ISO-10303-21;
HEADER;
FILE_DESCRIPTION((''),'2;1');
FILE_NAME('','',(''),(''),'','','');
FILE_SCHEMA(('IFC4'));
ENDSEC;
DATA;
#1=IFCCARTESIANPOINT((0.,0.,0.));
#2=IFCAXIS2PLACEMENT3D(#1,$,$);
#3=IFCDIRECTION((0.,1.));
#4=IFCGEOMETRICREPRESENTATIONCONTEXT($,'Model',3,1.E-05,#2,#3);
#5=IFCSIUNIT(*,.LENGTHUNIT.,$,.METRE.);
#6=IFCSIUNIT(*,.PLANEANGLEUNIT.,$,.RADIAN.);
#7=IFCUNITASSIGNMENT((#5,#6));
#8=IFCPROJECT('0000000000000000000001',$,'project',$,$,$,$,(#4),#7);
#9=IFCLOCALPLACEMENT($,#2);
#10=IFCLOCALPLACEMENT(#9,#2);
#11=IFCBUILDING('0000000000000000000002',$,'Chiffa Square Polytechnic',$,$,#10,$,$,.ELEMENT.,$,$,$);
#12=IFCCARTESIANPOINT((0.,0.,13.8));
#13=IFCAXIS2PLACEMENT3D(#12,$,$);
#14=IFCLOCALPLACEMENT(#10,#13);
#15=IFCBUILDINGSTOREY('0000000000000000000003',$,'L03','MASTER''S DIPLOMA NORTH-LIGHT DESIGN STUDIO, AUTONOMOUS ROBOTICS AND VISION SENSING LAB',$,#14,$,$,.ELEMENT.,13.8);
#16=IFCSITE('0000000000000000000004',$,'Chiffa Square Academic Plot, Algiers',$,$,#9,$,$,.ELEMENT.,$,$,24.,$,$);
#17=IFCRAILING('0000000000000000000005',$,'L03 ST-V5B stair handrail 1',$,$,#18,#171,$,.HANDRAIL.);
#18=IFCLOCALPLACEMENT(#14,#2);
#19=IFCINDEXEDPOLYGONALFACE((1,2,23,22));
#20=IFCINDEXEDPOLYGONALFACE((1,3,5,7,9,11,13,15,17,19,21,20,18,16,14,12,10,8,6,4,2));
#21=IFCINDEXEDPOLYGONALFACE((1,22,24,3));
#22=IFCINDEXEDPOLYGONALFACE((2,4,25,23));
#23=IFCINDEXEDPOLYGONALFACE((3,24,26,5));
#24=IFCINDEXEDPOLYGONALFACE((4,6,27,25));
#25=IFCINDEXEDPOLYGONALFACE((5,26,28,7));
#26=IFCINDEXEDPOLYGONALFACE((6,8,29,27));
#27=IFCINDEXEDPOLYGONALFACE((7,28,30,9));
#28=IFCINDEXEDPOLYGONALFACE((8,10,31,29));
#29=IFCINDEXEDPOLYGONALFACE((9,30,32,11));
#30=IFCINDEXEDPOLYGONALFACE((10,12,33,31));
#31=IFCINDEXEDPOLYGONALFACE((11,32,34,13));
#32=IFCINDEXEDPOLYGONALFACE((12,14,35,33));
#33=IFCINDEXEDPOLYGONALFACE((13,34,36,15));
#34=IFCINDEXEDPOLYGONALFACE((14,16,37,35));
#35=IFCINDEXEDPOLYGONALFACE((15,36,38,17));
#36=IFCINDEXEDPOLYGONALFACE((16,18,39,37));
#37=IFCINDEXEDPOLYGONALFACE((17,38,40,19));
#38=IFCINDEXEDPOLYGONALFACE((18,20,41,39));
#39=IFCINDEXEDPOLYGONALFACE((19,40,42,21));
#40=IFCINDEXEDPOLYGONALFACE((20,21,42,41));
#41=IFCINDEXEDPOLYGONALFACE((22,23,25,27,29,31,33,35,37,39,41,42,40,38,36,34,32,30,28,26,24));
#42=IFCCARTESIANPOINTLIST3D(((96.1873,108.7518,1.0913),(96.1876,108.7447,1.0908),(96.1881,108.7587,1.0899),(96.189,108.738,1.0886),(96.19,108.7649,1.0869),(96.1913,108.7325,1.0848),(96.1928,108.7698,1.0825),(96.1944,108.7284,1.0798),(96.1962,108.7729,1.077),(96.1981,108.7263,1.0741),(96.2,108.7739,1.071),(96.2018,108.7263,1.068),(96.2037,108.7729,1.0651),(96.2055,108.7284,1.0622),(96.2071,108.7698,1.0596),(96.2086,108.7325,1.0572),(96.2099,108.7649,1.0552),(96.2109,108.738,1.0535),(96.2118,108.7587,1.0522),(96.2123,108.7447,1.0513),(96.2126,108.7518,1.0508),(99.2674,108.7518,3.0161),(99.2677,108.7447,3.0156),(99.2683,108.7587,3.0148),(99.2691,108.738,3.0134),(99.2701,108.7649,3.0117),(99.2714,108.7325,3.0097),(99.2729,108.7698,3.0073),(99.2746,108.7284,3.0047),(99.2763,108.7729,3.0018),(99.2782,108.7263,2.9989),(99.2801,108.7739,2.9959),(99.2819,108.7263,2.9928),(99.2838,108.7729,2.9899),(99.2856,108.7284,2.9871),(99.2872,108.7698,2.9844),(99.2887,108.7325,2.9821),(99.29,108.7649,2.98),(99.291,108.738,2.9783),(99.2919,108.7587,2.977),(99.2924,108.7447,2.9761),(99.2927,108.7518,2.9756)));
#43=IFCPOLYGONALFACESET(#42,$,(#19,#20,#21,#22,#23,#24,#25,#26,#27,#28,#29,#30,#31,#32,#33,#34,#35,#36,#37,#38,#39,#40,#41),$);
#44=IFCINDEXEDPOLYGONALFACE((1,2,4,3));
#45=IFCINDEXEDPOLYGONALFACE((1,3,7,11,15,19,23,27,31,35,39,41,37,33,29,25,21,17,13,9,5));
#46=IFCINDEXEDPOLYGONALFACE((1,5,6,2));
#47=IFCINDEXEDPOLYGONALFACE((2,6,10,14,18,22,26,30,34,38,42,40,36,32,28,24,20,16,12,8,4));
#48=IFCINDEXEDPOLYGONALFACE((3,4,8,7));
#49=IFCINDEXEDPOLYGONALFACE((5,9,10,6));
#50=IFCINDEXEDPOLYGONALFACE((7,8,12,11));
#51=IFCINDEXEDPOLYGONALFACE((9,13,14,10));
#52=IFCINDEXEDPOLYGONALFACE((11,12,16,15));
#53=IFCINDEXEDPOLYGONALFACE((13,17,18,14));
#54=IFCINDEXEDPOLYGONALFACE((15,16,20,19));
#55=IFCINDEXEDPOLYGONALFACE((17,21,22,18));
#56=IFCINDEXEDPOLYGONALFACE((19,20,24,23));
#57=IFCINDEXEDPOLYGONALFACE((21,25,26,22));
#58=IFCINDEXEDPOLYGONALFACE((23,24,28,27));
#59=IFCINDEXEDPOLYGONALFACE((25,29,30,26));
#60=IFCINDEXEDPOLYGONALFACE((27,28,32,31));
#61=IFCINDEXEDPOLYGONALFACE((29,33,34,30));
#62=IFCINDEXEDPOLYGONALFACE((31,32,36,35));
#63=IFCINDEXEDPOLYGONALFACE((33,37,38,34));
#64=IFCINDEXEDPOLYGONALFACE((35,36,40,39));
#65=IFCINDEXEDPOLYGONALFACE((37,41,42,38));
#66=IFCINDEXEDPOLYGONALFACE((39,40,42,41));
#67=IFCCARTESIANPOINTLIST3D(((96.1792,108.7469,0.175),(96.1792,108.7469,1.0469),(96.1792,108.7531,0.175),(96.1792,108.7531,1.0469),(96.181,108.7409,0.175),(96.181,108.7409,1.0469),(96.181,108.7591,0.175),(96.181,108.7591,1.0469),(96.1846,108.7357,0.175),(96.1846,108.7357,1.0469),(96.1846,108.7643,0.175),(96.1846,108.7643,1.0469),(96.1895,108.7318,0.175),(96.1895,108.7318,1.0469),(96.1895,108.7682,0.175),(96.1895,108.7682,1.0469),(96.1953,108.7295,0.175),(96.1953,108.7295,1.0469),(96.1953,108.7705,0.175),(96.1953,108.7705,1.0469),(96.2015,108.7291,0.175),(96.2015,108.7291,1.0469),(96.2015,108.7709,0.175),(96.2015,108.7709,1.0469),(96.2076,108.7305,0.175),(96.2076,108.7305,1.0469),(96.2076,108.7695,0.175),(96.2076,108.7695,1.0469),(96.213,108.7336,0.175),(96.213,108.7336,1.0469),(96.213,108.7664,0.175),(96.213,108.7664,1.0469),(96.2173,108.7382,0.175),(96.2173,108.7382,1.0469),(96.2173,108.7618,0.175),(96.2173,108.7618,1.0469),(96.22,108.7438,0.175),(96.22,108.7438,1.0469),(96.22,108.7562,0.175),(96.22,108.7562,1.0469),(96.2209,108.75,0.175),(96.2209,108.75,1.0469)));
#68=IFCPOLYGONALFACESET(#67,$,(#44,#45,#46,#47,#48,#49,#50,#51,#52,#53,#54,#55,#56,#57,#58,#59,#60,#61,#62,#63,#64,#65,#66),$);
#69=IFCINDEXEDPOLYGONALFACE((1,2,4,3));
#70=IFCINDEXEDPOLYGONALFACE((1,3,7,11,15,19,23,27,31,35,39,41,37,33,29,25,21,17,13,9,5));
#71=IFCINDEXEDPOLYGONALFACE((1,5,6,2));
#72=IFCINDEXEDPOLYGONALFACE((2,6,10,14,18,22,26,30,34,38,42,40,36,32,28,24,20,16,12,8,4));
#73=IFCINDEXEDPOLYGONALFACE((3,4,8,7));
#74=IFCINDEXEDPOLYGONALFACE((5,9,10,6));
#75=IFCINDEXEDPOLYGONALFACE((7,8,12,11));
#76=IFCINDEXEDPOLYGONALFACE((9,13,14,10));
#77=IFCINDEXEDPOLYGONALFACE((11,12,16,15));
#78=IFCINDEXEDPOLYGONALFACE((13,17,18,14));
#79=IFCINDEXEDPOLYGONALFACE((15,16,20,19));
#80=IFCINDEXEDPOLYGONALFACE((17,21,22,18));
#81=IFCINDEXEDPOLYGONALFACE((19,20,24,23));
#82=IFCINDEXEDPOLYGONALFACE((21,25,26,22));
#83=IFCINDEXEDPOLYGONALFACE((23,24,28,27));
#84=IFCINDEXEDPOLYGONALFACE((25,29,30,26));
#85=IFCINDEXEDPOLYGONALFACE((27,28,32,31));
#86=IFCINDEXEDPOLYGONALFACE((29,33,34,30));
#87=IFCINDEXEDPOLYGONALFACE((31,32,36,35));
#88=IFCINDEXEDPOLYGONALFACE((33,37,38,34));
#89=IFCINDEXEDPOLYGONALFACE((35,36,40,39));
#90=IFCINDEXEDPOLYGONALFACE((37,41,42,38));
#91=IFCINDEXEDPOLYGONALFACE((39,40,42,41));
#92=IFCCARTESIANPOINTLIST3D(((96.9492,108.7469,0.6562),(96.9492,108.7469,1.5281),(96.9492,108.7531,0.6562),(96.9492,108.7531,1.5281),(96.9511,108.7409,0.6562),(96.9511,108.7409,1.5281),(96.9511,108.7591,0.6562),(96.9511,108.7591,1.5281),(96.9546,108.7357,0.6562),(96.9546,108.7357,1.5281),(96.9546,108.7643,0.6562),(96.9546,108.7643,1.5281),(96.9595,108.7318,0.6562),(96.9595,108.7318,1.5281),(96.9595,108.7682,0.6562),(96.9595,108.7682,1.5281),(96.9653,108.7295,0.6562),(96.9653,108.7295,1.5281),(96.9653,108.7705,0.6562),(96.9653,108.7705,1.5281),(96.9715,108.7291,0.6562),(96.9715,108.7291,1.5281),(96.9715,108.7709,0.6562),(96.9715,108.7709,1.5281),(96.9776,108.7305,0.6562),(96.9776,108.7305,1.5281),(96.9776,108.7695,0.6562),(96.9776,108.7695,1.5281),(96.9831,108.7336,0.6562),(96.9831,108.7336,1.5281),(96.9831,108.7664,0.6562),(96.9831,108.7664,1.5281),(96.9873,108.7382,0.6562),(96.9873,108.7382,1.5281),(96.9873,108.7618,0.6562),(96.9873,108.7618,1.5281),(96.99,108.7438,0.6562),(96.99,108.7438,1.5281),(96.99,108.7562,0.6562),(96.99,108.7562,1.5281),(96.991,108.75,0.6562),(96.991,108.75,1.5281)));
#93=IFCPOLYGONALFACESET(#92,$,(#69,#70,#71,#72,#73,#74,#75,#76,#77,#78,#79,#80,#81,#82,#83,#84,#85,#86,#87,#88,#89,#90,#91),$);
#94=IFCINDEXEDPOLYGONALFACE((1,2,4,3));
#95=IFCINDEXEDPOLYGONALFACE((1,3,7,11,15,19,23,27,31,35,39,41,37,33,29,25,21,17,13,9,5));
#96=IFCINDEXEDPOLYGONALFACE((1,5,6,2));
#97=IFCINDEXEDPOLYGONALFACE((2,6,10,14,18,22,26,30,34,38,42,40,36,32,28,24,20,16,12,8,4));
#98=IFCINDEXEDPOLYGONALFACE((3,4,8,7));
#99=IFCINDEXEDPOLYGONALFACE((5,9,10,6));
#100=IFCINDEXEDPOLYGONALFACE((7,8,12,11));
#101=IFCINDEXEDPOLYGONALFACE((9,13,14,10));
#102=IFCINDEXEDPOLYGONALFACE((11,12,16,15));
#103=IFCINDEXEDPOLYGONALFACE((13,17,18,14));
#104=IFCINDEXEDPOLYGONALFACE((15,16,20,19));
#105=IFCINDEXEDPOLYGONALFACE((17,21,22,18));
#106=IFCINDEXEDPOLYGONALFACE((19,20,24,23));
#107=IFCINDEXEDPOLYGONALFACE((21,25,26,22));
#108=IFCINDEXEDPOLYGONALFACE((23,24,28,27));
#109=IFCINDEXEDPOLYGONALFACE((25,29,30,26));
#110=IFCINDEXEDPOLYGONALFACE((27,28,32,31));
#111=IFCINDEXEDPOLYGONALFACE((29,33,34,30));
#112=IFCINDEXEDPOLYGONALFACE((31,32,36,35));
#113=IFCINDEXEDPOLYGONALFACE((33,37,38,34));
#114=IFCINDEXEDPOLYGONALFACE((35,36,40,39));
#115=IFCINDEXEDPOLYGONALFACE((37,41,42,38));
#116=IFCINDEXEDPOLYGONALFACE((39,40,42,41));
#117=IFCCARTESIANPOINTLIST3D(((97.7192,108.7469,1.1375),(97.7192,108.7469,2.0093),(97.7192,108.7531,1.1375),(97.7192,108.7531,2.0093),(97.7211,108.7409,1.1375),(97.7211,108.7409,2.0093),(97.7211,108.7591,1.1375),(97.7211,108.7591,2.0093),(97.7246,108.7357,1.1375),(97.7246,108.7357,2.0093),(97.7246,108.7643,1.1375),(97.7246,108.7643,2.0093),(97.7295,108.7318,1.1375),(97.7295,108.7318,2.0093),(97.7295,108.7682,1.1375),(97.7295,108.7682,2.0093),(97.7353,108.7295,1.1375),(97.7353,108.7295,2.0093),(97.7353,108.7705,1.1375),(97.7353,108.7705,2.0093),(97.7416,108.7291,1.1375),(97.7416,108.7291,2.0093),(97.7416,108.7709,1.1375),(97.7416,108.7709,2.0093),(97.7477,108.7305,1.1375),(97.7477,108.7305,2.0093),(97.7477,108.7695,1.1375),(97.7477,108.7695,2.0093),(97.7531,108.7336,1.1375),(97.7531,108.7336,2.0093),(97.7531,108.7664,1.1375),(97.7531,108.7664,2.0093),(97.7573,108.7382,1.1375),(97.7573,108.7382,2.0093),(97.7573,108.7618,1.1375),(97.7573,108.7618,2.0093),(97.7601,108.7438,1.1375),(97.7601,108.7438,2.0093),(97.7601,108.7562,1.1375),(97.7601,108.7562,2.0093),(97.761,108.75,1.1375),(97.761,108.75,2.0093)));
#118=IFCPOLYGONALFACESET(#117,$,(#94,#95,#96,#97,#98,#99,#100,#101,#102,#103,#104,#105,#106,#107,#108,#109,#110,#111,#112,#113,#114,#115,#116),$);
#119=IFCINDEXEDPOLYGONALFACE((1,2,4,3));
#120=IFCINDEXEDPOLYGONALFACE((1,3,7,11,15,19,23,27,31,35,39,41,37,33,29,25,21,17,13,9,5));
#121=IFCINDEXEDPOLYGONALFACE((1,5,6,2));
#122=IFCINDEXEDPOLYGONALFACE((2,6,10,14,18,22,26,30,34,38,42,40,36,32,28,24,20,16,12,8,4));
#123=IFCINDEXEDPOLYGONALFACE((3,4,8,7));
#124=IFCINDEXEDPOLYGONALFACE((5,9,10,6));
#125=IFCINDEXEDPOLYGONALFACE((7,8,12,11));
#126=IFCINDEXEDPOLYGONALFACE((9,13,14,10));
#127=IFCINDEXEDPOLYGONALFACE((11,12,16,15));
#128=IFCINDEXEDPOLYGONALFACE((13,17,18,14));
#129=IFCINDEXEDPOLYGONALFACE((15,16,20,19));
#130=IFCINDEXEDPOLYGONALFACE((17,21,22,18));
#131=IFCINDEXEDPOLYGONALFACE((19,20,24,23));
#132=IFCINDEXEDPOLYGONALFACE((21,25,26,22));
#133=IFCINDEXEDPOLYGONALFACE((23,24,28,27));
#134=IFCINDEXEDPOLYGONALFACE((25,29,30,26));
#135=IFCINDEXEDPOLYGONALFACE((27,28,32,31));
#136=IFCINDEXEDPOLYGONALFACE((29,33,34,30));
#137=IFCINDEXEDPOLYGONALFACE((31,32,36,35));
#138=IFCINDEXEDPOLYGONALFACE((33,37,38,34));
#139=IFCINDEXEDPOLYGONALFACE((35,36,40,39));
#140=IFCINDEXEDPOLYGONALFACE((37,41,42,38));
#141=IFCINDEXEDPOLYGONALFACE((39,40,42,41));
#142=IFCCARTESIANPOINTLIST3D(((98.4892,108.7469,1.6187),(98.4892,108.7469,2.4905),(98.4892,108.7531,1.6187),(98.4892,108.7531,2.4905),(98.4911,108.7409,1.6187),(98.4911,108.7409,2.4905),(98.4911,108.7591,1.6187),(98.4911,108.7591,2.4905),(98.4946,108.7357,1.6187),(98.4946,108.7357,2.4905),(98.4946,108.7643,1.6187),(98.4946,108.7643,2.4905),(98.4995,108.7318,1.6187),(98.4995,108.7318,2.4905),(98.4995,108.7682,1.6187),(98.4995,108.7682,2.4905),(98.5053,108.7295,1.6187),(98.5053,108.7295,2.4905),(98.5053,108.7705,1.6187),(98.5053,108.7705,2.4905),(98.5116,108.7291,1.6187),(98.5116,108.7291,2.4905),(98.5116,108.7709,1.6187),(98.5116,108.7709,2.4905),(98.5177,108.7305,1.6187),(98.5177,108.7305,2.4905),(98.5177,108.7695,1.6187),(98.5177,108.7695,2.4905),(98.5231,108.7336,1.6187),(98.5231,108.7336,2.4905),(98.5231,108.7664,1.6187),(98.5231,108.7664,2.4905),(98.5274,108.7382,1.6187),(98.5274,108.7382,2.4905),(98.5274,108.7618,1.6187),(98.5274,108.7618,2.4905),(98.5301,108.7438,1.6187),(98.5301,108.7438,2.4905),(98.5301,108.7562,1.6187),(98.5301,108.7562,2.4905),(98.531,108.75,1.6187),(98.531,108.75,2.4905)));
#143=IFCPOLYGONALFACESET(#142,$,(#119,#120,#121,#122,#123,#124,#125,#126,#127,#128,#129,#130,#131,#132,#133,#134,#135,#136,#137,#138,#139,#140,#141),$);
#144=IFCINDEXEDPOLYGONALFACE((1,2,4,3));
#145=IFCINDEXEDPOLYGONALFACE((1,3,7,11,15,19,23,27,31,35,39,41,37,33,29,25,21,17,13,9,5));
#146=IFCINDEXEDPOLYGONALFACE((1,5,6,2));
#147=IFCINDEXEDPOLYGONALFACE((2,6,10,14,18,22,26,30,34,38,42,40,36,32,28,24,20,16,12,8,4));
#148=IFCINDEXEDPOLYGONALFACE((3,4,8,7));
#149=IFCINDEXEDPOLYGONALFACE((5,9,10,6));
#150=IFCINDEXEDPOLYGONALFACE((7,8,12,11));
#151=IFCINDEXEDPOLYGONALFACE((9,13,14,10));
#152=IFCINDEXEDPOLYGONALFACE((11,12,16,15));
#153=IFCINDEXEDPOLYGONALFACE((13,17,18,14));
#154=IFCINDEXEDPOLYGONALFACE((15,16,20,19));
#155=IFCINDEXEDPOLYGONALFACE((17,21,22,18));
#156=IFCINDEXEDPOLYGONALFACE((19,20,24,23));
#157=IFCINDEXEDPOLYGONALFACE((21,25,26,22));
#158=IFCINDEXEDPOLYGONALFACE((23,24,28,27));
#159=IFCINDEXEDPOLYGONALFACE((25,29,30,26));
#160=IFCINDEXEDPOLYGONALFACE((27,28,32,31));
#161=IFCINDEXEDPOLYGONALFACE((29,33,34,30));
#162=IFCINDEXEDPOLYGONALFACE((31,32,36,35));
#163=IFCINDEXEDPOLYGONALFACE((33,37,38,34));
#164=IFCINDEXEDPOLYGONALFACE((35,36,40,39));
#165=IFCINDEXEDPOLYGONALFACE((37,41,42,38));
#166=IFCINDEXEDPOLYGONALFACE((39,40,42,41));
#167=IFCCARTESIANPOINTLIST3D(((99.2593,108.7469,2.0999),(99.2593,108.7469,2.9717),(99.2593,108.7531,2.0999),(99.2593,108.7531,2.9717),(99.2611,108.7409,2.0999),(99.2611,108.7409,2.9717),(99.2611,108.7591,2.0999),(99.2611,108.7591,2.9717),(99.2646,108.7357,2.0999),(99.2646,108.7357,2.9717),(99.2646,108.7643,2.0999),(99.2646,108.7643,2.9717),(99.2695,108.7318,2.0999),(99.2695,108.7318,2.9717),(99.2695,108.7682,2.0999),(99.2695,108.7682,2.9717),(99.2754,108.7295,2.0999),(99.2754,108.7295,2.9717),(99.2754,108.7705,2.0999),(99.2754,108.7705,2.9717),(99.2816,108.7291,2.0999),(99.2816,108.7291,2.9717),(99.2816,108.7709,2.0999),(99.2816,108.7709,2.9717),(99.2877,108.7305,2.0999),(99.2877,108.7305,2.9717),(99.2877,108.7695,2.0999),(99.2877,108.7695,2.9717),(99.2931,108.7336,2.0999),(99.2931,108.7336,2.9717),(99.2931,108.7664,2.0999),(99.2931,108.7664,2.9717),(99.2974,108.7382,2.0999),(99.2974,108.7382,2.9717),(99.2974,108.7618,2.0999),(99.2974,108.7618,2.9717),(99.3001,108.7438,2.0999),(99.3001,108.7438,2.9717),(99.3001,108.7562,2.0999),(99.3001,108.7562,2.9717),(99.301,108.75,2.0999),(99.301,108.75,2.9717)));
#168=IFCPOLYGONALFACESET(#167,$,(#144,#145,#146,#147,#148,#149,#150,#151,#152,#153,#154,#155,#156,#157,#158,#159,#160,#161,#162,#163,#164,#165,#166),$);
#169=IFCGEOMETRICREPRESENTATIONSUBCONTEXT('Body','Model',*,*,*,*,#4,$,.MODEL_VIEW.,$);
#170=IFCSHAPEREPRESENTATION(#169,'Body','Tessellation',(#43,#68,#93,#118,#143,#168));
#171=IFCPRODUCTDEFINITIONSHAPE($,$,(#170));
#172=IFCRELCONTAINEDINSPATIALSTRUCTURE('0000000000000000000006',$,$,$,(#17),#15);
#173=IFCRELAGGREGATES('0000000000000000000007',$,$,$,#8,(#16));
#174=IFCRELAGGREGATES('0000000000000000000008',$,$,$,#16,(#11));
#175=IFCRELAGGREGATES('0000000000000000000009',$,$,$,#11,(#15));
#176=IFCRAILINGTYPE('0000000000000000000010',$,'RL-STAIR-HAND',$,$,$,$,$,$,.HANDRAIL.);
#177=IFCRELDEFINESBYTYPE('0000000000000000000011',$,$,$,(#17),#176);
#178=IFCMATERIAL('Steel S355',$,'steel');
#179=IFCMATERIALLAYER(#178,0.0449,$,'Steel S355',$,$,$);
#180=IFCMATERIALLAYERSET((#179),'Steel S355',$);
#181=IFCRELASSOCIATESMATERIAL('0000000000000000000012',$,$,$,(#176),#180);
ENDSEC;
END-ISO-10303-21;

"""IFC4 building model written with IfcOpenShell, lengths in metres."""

from ifc_helpers import new_model, si_unit, direction, frame, origin, origin_2d, place, context, subcontext, project, spatial, circle, extrude, material, layer, layer_set, type_object, element, save


model = new_model("IFC4")

# Units and contexts
model_context = context("Model", 3, precision=1e-05, world=origin(), true_north=direction((0.0, 1.0)))
body_context = subcontext(model_context, "Body", "Model", "MODEL_VIEW")
ifc_project = project(units=[si_unit("LENGTHUNIT", "METRE"), si_unit("PLANEANGLEUNIT", "RADIAN")], contexts=[model_context])

# Site, building, storey
site_placement = place(None, origin())
site = spatial("IfcSite", under=ifc_project, at=site_placement, Name="Chiffa Square Academic Plot, Algiers", CompositionType="ELEMENT", RefElevation=24.0)
building_placement = place(site_placement, origin())
building = spatial("IfcBuilding", under=site, at=building_placement, Name="Chiffa Square Polytechnic", CompositionType="ELEMENT")
storey_placement = place(building_placement, frame((0.0, 0.0, 13.8)))
storey = spatial("IfcBuildingStorey", under=building, at=storey_placement, Name="L03", Description="MASTER'S DIPLOMA NORTH-LIGHT DESIGN STUDIO, AUTONOMOUS ROBOTICS AND VISION SENSING LAB", CompositionType="ELEMENT", Elevation=13.8)

# Railing
ifc_material_1 = material(Name="Steel S355", Category="steel")
ifc_layer_1 = layer(ifc_material_1, 0.0449, Name="Steel S355")
ifc_layer_set_1 = layer_set([ifc_layer_1], Name="Steel S355")
railing_type = type_object("IfcRailingType", Name="RL-STAIR-HAND", PredefinedType="HANDRAIL", material=ifc_layer_set_1)
railing_placement = place(storey_placement, frame((96.2, 108.75, 0.175)))
element("IfcRailing", 1, at=railing_placement, inside=storey, type_object=railing_type, Name="L03 ST-V5B stair handrail 1", PredefinedType="HANDRAIL", context=body_context, shape_type="SweptSolid", body=[
    extrude(circle(Radius=0.0239, at=origin_2d()), frame((0.0, 0.0, 0.896), z_axis=(0.848029, 0.0, 0.529951), x_axis=(0.0, 1.0, 0.0)), (0.0, 0.0, 1.0), 3.6321),
    extrude(circle(Radius=0.021, at=origin_2d()), origin(), (0.0, 0.0, 1.0), 0.8718),
    extrude(circle(Radius=0.021, at=origin_2d()), frame((0.77, 0.0, 0.4812)), (0.0, 0.0, 1.0), 0.8718),
    extrude(circle(Radius=0.021, at=origin_2d()), frame((1.54, 0.0, 0.9624)), (0.0, 0.0, 1.0), 0.8718),
    extrude(circle(Radius=0.021, at=origin_2d()), frame((2.3101, 0.0, 1.4436)), (0.0, 0.0, 1.0), 0.8718),
    extrude(circle(Radius=0.021, at=origin_2d()), frame((3.0801, 0.0, 1.9248)), (0.0, 0.0, 1.0), 0.8718),
])

save(model, "model.ifc")
